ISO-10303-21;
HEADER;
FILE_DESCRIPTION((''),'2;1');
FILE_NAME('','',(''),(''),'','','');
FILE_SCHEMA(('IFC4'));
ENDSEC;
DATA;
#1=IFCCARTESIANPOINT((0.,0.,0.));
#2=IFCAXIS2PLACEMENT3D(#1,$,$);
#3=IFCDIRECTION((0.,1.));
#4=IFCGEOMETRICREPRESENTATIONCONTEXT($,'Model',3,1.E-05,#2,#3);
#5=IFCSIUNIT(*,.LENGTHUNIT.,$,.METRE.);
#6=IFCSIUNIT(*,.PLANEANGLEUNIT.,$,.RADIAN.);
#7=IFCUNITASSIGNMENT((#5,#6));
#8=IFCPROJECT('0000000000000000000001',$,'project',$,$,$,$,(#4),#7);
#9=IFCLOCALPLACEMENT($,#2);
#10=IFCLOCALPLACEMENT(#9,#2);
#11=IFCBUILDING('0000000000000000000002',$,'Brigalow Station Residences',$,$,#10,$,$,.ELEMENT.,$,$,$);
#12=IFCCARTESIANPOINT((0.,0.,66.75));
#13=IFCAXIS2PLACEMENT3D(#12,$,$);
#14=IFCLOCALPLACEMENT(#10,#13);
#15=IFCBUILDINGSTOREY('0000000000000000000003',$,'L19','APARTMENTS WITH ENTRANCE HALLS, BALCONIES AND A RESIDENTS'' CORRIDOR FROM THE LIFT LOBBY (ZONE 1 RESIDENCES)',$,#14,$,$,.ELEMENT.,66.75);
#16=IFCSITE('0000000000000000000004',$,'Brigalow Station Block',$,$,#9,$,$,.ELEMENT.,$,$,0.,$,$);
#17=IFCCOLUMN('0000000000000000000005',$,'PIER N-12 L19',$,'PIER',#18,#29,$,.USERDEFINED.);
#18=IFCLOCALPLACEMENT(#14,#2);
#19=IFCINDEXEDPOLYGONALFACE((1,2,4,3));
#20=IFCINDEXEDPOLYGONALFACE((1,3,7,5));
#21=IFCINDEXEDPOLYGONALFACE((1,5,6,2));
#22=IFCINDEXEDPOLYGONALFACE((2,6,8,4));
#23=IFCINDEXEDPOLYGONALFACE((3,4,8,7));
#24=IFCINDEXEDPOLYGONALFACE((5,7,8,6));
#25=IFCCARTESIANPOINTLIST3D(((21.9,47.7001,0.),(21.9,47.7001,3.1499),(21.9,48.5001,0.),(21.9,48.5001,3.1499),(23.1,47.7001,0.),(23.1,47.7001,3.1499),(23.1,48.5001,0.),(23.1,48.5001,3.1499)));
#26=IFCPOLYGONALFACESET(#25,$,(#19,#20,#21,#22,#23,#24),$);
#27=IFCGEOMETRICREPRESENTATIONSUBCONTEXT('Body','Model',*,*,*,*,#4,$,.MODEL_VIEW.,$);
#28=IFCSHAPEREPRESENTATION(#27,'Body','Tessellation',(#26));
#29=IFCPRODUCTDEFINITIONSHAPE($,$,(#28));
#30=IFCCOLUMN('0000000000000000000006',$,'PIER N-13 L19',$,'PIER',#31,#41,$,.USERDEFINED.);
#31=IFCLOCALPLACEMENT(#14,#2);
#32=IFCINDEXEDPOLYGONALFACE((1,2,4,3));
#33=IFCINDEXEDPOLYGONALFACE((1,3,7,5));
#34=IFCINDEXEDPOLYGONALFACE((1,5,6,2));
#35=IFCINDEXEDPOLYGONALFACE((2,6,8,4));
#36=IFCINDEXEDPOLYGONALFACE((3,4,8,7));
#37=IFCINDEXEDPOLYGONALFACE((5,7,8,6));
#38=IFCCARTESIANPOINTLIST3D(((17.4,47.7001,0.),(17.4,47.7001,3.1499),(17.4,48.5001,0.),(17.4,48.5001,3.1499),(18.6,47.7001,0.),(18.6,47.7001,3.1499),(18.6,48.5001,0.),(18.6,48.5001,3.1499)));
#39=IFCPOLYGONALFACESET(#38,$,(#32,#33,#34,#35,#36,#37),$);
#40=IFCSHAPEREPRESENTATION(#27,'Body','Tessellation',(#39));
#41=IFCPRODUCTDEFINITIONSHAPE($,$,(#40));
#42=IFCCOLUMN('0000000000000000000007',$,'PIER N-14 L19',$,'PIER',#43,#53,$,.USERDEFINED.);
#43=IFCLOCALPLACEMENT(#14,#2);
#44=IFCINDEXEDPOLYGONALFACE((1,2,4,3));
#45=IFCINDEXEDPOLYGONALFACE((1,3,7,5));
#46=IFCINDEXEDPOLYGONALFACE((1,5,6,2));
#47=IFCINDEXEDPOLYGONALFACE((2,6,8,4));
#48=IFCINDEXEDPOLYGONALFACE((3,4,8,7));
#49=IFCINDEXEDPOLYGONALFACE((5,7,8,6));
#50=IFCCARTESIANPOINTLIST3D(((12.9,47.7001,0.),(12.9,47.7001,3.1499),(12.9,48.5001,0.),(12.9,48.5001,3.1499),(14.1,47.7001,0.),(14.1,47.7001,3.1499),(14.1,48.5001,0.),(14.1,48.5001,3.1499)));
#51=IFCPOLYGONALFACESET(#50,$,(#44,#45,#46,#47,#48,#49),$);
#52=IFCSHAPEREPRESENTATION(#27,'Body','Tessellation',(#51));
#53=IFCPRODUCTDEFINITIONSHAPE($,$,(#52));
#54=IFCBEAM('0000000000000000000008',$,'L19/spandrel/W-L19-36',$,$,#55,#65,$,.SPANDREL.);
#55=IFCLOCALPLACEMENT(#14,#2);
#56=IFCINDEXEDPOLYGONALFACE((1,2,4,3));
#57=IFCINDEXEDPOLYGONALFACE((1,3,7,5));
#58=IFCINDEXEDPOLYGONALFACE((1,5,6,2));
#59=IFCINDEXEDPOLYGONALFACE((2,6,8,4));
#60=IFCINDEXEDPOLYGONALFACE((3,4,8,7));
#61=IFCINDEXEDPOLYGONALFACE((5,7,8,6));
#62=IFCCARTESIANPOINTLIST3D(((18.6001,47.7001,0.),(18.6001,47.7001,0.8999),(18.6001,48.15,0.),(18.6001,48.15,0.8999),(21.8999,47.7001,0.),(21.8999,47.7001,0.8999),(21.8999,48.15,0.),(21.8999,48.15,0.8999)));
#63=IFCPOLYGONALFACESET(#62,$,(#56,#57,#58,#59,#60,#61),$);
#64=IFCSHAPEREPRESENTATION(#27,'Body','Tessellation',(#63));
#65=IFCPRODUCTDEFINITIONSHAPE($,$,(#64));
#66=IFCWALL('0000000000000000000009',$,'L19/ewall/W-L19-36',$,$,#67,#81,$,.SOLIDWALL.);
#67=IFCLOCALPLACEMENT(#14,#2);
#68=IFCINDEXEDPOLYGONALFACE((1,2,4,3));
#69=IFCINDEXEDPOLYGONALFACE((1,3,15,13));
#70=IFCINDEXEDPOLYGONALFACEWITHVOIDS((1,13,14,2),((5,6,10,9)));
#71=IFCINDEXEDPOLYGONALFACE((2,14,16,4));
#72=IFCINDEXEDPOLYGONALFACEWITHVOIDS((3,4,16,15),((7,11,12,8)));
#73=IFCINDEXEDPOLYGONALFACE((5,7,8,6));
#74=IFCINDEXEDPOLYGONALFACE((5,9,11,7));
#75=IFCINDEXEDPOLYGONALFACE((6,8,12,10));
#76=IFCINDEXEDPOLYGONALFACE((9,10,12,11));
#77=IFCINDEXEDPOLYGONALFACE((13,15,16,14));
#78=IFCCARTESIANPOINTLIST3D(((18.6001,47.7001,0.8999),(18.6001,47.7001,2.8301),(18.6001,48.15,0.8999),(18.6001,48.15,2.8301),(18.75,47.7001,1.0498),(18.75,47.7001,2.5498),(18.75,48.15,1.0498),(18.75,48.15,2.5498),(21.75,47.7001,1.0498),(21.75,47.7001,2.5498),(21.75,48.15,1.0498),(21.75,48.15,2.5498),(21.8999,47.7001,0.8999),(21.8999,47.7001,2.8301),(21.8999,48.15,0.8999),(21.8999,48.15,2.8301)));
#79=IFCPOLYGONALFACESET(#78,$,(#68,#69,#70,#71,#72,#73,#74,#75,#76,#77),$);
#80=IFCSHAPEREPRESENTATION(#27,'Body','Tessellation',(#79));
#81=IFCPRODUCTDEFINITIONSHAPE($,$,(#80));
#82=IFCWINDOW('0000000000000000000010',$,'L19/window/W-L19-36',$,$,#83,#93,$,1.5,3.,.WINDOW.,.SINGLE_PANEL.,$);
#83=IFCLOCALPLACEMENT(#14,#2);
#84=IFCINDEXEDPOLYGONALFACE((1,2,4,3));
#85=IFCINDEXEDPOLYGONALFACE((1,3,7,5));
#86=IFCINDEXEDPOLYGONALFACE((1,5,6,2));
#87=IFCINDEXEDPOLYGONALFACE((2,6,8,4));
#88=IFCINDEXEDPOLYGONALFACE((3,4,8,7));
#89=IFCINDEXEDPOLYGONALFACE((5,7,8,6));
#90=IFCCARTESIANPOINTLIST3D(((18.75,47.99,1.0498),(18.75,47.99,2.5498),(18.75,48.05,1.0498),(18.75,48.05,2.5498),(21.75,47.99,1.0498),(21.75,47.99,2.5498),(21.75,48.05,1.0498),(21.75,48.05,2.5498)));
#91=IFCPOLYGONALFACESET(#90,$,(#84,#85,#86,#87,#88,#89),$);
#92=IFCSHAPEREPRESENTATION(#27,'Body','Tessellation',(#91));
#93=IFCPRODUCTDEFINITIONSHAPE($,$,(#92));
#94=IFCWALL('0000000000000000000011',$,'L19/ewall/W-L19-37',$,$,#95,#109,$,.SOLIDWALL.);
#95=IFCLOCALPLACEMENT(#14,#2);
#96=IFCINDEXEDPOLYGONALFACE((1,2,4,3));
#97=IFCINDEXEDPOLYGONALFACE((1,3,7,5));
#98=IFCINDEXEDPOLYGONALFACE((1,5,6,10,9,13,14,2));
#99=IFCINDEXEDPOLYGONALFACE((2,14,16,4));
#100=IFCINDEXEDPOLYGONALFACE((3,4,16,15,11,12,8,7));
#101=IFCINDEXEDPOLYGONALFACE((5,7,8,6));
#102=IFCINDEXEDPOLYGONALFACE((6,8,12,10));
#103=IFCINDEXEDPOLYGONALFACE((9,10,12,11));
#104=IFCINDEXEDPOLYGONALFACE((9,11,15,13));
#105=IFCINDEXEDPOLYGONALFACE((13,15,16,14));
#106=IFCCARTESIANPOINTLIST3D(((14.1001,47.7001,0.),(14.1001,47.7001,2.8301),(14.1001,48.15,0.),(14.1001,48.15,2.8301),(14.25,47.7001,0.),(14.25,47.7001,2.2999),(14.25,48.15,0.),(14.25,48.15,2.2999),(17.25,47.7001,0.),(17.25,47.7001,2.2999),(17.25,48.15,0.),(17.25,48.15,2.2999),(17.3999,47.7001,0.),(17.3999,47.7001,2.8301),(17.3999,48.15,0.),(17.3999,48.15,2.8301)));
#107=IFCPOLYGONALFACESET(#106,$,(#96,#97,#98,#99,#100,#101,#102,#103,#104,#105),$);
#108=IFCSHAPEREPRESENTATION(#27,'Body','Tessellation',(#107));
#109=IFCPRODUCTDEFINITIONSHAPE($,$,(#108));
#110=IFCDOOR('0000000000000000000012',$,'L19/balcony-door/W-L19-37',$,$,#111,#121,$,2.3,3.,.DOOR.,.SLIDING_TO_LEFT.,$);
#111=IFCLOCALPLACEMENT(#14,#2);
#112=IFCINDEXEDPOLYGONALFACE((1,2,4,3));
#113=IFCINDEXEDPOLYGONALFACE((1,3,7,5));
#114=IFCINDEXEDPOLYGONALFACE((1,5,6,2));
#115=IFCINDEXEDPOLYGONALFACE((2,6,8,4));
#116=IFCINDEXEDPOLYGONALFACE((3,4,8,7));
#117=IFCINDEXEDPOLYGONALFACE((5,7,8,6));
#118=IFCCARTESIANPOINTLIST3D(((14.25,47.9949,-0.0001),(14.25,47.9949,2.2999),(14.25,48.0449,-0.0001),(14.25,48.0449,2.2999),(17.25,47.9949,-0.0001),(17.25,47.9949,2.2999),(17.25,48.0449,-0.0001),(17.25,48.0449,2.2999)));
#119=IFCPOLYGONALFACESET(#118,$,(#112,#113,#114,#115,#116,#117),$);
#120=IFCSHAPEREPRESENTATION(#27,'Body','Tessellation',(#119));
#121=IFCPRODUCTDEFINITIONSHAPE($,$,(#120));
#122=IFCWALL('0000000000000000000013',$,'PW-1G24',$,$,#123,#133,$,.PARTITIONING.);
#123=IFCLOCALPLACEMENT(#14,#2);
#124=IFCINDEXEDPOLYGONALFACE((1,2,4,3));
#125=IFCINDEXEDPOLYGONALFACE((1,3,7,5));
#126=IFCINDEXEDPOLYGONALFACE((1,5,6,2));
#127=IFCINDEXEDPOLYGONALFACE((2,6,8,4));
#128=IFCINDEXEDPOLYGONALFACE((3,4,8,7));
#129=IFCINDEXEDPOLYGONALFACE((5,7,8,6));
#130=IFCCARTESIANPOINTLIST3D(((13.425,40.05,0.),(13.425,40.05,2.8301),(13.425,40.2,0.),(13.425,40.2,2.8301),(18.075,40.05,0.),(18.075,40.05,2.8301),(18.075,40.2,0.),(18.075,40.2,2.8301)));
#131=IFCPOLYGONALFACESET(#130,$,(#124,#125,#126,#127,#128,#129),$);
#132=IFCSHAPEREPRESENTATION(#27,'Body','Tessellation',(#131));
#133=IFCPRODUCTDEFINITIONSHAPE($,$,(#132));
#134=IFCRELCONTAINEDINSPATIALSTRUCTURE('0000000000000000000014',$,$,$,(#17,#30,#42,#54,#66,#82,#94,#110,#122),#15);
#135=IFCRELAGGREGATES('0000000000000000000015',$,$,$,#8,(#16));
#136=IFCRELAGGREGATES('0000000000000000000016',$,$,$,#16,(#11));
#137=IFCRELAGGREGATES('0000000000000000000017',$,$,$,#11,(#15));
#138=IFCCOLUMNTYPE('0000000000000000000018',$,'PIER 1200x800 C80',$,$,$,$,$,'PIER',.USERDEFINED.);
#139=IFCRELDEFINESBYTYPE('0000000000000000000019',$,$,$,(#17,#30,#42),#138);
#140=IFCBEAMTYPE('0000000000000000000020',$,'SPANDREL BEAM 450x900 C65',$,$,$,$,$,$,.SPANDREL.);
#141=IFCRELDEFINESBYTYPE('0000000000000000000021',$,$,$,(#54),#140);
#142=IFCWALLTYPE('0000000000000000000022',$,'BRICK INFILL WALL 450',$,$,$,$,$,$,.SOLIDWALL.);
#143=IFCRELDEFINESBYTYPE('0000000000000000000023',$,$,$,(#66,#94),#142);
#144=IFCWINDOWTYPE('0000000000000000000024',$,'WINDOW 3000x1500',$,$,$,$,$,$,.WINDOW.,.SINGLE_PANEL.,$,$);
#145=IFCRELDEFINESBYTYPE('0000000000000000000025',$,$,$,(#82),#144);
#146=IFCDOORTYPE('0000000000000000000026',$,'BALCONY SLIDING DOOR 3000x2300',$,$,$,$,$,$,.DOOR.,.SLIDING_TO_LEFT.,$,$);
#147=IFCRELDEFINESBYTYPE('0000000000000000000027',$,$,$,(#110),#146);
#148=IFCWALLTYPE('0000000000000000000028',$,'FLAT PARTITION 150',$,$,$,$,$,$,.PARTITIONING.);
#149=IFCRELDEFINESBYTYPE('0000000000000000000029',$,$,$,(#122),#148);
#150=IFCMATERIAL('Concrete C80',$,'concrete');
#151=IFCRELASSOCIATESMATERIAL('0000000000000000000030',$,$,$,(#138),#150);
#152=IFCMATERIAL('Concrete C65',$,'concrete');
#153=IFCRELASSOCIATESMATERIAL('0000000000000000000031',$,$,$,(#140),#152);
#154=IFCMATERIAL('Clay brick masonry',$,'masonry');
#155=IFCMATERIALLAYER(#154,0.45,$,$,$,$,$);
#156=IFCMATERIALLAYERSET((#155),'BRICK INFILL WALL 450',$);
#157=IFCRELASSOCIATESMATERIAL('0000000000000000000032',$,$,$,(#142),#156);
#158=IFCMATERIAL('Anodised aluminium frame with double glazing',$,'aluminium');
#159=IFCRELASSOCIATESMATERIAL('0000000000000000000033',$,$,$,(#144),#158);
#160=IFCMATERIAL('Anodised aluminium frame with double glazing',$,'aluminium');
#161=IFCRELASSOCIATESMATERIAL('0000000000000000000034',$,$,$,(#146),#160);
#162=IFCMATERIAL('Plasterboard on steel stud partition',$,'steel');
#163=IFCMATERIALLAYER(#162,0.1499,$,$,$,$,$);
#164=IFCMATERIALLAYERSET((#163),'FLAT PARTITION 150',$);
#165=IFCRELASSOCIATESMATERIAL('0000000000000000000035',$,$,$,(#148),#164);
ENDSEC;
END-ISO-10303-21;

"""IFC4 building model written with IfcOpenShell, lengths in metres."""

from ifc_helpers import new_model, si_unit, direction, frame, frame_2d, origin, origin_2d, place, context, subcontext, project, spatial, rectangle, extrude, material, layer, layer_set, material_profile, profile_set, type_object, element, fill, save


model = new_model("IFC4")

# Units and contexts
model_context = context("Model", 3, precision=1e-05, world=origin(), true_north=direction((0.0, 1.0)))
body_context = subcontext(model_context, "Body", "Model", "MODEL_VIEW")
ifc_project = project(units=[si_unit("LENGTHUNIT", "METRE"), si_unit("PLANEANGLEUNIT", "RADIAN")], contexts=[model_context])

# Site, building, storey
site_placement = place(None, origin())
site = spatial("IfcSite", under=ifc_project, at=site_placement, Name="Brigalow Station Block", CompositionType="ELEMENT", RefElevation=0.0)
building_placement = place(site_placement, origin())
building = spatial("IfcBuilding", under=site, at=building_placement, Name="Brigalow Station Residences", CompositionType="ELEMENT")
storey_placement = place(building_placement, frame((0.0, 0.0, 66.75)))
storey = spatial("IfcBuildingStorey", under=building, at=storey_placement, Name="L19", Description="APARTMENTS WITH ENTRANCE HALLS, BALCONIES AND A RESIDENTS' CORRIDOR FROM THE LIFT LOBBY (ZONE 1 RESIDENCES)", CompositionType="ELEMENT", Elevation=66.75)

# Columns
ifc_material_1 = material(Name="Concrete C80", Category="concrete")
ifc_material_profile_1 = material_profile(ifc_material_1, rectangle(XDim=1.2, YDim=0.8, at=origin_2d()), Name="RC1200x800")
ifc_profile_set_1 = profile_set([ifc_material_profile_1], Name="Concrete C80")
column_type = type_object("IfcColumnType", Name="PIER 1200x800 C80", ElementType="PIER", PredefinedType="USERDEFINED", material=ifc_profile_set_1)
for number, where, z_axis, x_axis, name in (
    (1, (22.5, 48.1001, 0.0), (0.0, 0.0, 1.0), (-1.0, 0.0, 0.0), "PIER N-12 L19"),
    (2, (18.0, 48.1001, 0.0), (0.0, 0.0, 1.0), (-1.0, 0.0, 0.0), "PIER N-13 L19"),
    (3, (13.5, 48.1001, 0.0), (0.0, 0.0, 1.0), (-1.0, 0.0, 0.0), "PIER N-14 L19"),
):
    element("IfcColumn", number, at=place(storey_placement, frame(where, z_axis=z_axis, x_axis=x_axis)), inside=storey, type_object=column_type, Name=name, ObjectType="PIER", PredefinedType="USERDEFINED", context=body_context, shape_type="SweptSolid", body=[
        extrude(rectangle(XDim=1.2, YDim=0.8, at=origin_2d()), origin(), (0.0, 0.0, 1.0), 3.1499),
    ])

# Beam
ifc_material_2 = material(Name="Concrete C65", Category="concrete")
ifc_material_profile_2 = material_profile(ifc_material_2, rectangle(XDim=0.45, YDim=0.8999, at=origin_2d()), Name="RC450x900")
ifc_profile_set_2 = profile_set([ifc_material_profile_2], Name="Concrete C65")
beam_type = type_object("IfcBeamType", Name="SPANDREL BEAM 450x900 C65", PredefinedType="SPANDREL", material=ifc_profile_set_2)
beam_placement = place(storey_placement, frame((21.8999, 47.925, 0.45), z_axis=(-1.0, 0.0, 0.0), x_axis=(0.0, -1.0, 0.0)))
element("IfcBeam", 4, at=beam_placement, inside=storey, type_object=beam_type, Name="L19/spandrel/W-L19-36", PredefinedType="SPANDREL", context=body_context, shape_type="SweptSolid", body=[
    extrude(rectangle(XDim=0.45, YDim=0.8999, at=origin_2d()), origin(), (0.0, 0.0, 1.0), 3.2998),
])

# Wall, opening, window
ifc_material_3 = material(Name="Clay brick masonry", Category="masonry")
ifc_layer_1 = layer(ifc_material_3, 0.45)
ifc_layer_set_1 = layer_set([ifc_layer_1], Name="BRICK INFILL WALL 450")
wall_type_1 = type_object("IfcWallType", Name="BRICK INFILL WALL 450", PredefinedType="SOLIDWALL", material=ifc_layer_set_1)
wall_1_placement = place(storey_placement, frame((21.8999, 47.925, 0.8999), z_axis=(0.0, 0.0, 1.0), x_axis=(-1.0, 0.0, 0.0)))
wall_1 = element("IfcWall", 5, at=wall_1_placement, inside=storey, type_object=wall_type_1, Name="L19/ewall/W-L19-36", PredefinedType="SOLIDWALL", context=body_context, shape_type="SweptSolid", body=[
    extrude(rectangle(XDim=3.2998, YDim=0.45, at=frame_2d((1.6499, 0.0))), origin(), (0.0, 0.0, 1.0), 1.9302),
])
opening_1_placement = place(wall_1_placement, frame((0.1499, 0.0, 0.1499)))
opening_1 = element("IfcOpeningElement", 6, at=opening_1_placement, cuts=wall_1, PredefinedType="OPENING", context=body_context, shape_type="SweptSolid", body=[
    extrude(rectangle(XDim=3.0, YDim=1.5, at=frame_2d((1.5, 0.75))), frame((0.0, 0.2349, 0.0), z_axis=(0.0, -1.0, 0.0), x_axis=(1.0, 0.0, 0.0)), (0.0, 0.0, 1.0), 0.47),
])
ifc_material_4 = material(Name="Anodised aluminium frame with double glazing", Category="aluminium")
window_type = type_object("IfcWindowType", Name="WINDOW 3000x1500", PartitioningType="SINGLE_PANEL", PredefinedType="WINDOW", material=ifc_material_4)
window_placement = place(opening_1_placement, origin())
window = element("IfcWindow", 7, at=window_placement, inside=storey, type_object=window_type, Name="L19/window/W-L19-36", OverallHeight=1.5, OverallWidth=3.0, PartitioningType="SINGLE_PANEL", PredefinedType="WINDOW", context=body_context, shape_type="SweptSolid", body=[
    extrude(rectangle(XDim=3.0, YDim=1.5, at=frame_2d((1.5, 0.75))), frame((0.0, -0.0649, 0.0), z_axis=(0.0, -1.0, 0.0), x_axis=(1.0, 0.0, 0.0)), (0.0, 0.0, 1.0), 0.0601),
])
fill(opening_1, window)

# Wall, opening, door
wall_2_placement = place(storey_placement, frame((17.3999, 47.925, 0.0), z_axis=(0.0, 0.0, 1.0), x_axis=(-1.0, 0.0, 0.0)))
wall_2 = element("IfcWall", 8, at=wall_2_placement, inside=storey, type_object=wall_type_1, Name="L19/ewall/W-L19-37", PredefinedType="SOLIDWALL", context=body_context, shape_type="SweptSolid", body=[
    extrude(rectangle(XDim=3.2998, YDim=0.45, at=frame_2d((1.6499, 0.0))), origin(), (0.0, 0.0, 1.0), 2.8301),
])
opening_2_placement = place(wall_2_placement, frame((0.1499, 0.0, 0.0)))
opening_2 = element("IfcOpeningElement", 9, at=opening_2_placement, cuts=wall_2, PredefinedType="OPENING", context=body_context, shape_type="SweptSolid", body=[
    extrude(rectangle(XDim=3.0, YDim=2.3, at=frame_2d((1.5, 1.1499))), frame((0.0, 0.2349, 0.0), z_axis=(0.0, -1.0, 0.0), x_axis=(1.0, 0.0, 0.0)), (0.0, 0.0, 1.0), 0.47),
])
ifc_material_5 = material(Name="Anodised aluminium frame with double glazing", Category="aluminium")
door_type_1 = type_object("IfcDoorType", Name="BALCONY SLIDING DOOR 3000x2300", OperationType="SLIDING_TO_LEFT", PredefinedType="DOOR", material=ifc_material_5)
door_1_placement = place(opening_2_placement, origin())
door_1 = element("IfcDoor", 10, at=door_1_placement, inside=storey, type_object=door_type_1, Name="L19/balcony-door/W-L19-37", OperationType="SLIDING_TO_LEFT", OverallHeight=2.3, OverallWidth=3.0, PredefinedType="DOOR", context=body_context, shape_type="SweptSolid", body=[
    extrude(rectangle(XDim=3.0, YDim=2.3, at=frame_2d((1.5, 1.1499))), frame((0.0, -0.0698, 0.0), z_axis=(0.0, -1.0, 0.0), x_axis=(1.0, 0.0, 0.0)), (0.0, 0.0, 1.0), 0.05),
])
fill(opening_2, door_1)

# Wall
ifc_material_6 = material(Name="Plasterboard on steel stud partition", Category="steel")
ifc_layer_2 = layer(ifc_material_6, 0.1499)
ifc_layer_set_2 = layer_set([ifc_layer_2], Name="FLAT PARTITION 150")
wall_type_2 = type_object("IfcWallType", Name="FLAT PARTITION 150", PredefinedType="PARTITIONING", material=ifc_layer_set_2)
wall_3_placement = place(storey_placement, frame((13.425, 40.125, 0.0), z_axis=(0.0, 0.0, 1.0), x_axis=(1.0, 0.0, 0.0)))
element("IfcWall", 11, at=wall_3_placement, inside=storey, type_object=wall_type_2, Name="PW-1G24", PredefinedType="PARTITIONING", context=body_context, shape_type="SweptSolid", body=[
    extrude(rectangle(XDim=4.6499, YDim=0.1499, at=frame_2d((2.325, 0.0))), origin(), (0.0, 0.0, 1.0), 2.8301),
])

save(model, "model.ifc")
